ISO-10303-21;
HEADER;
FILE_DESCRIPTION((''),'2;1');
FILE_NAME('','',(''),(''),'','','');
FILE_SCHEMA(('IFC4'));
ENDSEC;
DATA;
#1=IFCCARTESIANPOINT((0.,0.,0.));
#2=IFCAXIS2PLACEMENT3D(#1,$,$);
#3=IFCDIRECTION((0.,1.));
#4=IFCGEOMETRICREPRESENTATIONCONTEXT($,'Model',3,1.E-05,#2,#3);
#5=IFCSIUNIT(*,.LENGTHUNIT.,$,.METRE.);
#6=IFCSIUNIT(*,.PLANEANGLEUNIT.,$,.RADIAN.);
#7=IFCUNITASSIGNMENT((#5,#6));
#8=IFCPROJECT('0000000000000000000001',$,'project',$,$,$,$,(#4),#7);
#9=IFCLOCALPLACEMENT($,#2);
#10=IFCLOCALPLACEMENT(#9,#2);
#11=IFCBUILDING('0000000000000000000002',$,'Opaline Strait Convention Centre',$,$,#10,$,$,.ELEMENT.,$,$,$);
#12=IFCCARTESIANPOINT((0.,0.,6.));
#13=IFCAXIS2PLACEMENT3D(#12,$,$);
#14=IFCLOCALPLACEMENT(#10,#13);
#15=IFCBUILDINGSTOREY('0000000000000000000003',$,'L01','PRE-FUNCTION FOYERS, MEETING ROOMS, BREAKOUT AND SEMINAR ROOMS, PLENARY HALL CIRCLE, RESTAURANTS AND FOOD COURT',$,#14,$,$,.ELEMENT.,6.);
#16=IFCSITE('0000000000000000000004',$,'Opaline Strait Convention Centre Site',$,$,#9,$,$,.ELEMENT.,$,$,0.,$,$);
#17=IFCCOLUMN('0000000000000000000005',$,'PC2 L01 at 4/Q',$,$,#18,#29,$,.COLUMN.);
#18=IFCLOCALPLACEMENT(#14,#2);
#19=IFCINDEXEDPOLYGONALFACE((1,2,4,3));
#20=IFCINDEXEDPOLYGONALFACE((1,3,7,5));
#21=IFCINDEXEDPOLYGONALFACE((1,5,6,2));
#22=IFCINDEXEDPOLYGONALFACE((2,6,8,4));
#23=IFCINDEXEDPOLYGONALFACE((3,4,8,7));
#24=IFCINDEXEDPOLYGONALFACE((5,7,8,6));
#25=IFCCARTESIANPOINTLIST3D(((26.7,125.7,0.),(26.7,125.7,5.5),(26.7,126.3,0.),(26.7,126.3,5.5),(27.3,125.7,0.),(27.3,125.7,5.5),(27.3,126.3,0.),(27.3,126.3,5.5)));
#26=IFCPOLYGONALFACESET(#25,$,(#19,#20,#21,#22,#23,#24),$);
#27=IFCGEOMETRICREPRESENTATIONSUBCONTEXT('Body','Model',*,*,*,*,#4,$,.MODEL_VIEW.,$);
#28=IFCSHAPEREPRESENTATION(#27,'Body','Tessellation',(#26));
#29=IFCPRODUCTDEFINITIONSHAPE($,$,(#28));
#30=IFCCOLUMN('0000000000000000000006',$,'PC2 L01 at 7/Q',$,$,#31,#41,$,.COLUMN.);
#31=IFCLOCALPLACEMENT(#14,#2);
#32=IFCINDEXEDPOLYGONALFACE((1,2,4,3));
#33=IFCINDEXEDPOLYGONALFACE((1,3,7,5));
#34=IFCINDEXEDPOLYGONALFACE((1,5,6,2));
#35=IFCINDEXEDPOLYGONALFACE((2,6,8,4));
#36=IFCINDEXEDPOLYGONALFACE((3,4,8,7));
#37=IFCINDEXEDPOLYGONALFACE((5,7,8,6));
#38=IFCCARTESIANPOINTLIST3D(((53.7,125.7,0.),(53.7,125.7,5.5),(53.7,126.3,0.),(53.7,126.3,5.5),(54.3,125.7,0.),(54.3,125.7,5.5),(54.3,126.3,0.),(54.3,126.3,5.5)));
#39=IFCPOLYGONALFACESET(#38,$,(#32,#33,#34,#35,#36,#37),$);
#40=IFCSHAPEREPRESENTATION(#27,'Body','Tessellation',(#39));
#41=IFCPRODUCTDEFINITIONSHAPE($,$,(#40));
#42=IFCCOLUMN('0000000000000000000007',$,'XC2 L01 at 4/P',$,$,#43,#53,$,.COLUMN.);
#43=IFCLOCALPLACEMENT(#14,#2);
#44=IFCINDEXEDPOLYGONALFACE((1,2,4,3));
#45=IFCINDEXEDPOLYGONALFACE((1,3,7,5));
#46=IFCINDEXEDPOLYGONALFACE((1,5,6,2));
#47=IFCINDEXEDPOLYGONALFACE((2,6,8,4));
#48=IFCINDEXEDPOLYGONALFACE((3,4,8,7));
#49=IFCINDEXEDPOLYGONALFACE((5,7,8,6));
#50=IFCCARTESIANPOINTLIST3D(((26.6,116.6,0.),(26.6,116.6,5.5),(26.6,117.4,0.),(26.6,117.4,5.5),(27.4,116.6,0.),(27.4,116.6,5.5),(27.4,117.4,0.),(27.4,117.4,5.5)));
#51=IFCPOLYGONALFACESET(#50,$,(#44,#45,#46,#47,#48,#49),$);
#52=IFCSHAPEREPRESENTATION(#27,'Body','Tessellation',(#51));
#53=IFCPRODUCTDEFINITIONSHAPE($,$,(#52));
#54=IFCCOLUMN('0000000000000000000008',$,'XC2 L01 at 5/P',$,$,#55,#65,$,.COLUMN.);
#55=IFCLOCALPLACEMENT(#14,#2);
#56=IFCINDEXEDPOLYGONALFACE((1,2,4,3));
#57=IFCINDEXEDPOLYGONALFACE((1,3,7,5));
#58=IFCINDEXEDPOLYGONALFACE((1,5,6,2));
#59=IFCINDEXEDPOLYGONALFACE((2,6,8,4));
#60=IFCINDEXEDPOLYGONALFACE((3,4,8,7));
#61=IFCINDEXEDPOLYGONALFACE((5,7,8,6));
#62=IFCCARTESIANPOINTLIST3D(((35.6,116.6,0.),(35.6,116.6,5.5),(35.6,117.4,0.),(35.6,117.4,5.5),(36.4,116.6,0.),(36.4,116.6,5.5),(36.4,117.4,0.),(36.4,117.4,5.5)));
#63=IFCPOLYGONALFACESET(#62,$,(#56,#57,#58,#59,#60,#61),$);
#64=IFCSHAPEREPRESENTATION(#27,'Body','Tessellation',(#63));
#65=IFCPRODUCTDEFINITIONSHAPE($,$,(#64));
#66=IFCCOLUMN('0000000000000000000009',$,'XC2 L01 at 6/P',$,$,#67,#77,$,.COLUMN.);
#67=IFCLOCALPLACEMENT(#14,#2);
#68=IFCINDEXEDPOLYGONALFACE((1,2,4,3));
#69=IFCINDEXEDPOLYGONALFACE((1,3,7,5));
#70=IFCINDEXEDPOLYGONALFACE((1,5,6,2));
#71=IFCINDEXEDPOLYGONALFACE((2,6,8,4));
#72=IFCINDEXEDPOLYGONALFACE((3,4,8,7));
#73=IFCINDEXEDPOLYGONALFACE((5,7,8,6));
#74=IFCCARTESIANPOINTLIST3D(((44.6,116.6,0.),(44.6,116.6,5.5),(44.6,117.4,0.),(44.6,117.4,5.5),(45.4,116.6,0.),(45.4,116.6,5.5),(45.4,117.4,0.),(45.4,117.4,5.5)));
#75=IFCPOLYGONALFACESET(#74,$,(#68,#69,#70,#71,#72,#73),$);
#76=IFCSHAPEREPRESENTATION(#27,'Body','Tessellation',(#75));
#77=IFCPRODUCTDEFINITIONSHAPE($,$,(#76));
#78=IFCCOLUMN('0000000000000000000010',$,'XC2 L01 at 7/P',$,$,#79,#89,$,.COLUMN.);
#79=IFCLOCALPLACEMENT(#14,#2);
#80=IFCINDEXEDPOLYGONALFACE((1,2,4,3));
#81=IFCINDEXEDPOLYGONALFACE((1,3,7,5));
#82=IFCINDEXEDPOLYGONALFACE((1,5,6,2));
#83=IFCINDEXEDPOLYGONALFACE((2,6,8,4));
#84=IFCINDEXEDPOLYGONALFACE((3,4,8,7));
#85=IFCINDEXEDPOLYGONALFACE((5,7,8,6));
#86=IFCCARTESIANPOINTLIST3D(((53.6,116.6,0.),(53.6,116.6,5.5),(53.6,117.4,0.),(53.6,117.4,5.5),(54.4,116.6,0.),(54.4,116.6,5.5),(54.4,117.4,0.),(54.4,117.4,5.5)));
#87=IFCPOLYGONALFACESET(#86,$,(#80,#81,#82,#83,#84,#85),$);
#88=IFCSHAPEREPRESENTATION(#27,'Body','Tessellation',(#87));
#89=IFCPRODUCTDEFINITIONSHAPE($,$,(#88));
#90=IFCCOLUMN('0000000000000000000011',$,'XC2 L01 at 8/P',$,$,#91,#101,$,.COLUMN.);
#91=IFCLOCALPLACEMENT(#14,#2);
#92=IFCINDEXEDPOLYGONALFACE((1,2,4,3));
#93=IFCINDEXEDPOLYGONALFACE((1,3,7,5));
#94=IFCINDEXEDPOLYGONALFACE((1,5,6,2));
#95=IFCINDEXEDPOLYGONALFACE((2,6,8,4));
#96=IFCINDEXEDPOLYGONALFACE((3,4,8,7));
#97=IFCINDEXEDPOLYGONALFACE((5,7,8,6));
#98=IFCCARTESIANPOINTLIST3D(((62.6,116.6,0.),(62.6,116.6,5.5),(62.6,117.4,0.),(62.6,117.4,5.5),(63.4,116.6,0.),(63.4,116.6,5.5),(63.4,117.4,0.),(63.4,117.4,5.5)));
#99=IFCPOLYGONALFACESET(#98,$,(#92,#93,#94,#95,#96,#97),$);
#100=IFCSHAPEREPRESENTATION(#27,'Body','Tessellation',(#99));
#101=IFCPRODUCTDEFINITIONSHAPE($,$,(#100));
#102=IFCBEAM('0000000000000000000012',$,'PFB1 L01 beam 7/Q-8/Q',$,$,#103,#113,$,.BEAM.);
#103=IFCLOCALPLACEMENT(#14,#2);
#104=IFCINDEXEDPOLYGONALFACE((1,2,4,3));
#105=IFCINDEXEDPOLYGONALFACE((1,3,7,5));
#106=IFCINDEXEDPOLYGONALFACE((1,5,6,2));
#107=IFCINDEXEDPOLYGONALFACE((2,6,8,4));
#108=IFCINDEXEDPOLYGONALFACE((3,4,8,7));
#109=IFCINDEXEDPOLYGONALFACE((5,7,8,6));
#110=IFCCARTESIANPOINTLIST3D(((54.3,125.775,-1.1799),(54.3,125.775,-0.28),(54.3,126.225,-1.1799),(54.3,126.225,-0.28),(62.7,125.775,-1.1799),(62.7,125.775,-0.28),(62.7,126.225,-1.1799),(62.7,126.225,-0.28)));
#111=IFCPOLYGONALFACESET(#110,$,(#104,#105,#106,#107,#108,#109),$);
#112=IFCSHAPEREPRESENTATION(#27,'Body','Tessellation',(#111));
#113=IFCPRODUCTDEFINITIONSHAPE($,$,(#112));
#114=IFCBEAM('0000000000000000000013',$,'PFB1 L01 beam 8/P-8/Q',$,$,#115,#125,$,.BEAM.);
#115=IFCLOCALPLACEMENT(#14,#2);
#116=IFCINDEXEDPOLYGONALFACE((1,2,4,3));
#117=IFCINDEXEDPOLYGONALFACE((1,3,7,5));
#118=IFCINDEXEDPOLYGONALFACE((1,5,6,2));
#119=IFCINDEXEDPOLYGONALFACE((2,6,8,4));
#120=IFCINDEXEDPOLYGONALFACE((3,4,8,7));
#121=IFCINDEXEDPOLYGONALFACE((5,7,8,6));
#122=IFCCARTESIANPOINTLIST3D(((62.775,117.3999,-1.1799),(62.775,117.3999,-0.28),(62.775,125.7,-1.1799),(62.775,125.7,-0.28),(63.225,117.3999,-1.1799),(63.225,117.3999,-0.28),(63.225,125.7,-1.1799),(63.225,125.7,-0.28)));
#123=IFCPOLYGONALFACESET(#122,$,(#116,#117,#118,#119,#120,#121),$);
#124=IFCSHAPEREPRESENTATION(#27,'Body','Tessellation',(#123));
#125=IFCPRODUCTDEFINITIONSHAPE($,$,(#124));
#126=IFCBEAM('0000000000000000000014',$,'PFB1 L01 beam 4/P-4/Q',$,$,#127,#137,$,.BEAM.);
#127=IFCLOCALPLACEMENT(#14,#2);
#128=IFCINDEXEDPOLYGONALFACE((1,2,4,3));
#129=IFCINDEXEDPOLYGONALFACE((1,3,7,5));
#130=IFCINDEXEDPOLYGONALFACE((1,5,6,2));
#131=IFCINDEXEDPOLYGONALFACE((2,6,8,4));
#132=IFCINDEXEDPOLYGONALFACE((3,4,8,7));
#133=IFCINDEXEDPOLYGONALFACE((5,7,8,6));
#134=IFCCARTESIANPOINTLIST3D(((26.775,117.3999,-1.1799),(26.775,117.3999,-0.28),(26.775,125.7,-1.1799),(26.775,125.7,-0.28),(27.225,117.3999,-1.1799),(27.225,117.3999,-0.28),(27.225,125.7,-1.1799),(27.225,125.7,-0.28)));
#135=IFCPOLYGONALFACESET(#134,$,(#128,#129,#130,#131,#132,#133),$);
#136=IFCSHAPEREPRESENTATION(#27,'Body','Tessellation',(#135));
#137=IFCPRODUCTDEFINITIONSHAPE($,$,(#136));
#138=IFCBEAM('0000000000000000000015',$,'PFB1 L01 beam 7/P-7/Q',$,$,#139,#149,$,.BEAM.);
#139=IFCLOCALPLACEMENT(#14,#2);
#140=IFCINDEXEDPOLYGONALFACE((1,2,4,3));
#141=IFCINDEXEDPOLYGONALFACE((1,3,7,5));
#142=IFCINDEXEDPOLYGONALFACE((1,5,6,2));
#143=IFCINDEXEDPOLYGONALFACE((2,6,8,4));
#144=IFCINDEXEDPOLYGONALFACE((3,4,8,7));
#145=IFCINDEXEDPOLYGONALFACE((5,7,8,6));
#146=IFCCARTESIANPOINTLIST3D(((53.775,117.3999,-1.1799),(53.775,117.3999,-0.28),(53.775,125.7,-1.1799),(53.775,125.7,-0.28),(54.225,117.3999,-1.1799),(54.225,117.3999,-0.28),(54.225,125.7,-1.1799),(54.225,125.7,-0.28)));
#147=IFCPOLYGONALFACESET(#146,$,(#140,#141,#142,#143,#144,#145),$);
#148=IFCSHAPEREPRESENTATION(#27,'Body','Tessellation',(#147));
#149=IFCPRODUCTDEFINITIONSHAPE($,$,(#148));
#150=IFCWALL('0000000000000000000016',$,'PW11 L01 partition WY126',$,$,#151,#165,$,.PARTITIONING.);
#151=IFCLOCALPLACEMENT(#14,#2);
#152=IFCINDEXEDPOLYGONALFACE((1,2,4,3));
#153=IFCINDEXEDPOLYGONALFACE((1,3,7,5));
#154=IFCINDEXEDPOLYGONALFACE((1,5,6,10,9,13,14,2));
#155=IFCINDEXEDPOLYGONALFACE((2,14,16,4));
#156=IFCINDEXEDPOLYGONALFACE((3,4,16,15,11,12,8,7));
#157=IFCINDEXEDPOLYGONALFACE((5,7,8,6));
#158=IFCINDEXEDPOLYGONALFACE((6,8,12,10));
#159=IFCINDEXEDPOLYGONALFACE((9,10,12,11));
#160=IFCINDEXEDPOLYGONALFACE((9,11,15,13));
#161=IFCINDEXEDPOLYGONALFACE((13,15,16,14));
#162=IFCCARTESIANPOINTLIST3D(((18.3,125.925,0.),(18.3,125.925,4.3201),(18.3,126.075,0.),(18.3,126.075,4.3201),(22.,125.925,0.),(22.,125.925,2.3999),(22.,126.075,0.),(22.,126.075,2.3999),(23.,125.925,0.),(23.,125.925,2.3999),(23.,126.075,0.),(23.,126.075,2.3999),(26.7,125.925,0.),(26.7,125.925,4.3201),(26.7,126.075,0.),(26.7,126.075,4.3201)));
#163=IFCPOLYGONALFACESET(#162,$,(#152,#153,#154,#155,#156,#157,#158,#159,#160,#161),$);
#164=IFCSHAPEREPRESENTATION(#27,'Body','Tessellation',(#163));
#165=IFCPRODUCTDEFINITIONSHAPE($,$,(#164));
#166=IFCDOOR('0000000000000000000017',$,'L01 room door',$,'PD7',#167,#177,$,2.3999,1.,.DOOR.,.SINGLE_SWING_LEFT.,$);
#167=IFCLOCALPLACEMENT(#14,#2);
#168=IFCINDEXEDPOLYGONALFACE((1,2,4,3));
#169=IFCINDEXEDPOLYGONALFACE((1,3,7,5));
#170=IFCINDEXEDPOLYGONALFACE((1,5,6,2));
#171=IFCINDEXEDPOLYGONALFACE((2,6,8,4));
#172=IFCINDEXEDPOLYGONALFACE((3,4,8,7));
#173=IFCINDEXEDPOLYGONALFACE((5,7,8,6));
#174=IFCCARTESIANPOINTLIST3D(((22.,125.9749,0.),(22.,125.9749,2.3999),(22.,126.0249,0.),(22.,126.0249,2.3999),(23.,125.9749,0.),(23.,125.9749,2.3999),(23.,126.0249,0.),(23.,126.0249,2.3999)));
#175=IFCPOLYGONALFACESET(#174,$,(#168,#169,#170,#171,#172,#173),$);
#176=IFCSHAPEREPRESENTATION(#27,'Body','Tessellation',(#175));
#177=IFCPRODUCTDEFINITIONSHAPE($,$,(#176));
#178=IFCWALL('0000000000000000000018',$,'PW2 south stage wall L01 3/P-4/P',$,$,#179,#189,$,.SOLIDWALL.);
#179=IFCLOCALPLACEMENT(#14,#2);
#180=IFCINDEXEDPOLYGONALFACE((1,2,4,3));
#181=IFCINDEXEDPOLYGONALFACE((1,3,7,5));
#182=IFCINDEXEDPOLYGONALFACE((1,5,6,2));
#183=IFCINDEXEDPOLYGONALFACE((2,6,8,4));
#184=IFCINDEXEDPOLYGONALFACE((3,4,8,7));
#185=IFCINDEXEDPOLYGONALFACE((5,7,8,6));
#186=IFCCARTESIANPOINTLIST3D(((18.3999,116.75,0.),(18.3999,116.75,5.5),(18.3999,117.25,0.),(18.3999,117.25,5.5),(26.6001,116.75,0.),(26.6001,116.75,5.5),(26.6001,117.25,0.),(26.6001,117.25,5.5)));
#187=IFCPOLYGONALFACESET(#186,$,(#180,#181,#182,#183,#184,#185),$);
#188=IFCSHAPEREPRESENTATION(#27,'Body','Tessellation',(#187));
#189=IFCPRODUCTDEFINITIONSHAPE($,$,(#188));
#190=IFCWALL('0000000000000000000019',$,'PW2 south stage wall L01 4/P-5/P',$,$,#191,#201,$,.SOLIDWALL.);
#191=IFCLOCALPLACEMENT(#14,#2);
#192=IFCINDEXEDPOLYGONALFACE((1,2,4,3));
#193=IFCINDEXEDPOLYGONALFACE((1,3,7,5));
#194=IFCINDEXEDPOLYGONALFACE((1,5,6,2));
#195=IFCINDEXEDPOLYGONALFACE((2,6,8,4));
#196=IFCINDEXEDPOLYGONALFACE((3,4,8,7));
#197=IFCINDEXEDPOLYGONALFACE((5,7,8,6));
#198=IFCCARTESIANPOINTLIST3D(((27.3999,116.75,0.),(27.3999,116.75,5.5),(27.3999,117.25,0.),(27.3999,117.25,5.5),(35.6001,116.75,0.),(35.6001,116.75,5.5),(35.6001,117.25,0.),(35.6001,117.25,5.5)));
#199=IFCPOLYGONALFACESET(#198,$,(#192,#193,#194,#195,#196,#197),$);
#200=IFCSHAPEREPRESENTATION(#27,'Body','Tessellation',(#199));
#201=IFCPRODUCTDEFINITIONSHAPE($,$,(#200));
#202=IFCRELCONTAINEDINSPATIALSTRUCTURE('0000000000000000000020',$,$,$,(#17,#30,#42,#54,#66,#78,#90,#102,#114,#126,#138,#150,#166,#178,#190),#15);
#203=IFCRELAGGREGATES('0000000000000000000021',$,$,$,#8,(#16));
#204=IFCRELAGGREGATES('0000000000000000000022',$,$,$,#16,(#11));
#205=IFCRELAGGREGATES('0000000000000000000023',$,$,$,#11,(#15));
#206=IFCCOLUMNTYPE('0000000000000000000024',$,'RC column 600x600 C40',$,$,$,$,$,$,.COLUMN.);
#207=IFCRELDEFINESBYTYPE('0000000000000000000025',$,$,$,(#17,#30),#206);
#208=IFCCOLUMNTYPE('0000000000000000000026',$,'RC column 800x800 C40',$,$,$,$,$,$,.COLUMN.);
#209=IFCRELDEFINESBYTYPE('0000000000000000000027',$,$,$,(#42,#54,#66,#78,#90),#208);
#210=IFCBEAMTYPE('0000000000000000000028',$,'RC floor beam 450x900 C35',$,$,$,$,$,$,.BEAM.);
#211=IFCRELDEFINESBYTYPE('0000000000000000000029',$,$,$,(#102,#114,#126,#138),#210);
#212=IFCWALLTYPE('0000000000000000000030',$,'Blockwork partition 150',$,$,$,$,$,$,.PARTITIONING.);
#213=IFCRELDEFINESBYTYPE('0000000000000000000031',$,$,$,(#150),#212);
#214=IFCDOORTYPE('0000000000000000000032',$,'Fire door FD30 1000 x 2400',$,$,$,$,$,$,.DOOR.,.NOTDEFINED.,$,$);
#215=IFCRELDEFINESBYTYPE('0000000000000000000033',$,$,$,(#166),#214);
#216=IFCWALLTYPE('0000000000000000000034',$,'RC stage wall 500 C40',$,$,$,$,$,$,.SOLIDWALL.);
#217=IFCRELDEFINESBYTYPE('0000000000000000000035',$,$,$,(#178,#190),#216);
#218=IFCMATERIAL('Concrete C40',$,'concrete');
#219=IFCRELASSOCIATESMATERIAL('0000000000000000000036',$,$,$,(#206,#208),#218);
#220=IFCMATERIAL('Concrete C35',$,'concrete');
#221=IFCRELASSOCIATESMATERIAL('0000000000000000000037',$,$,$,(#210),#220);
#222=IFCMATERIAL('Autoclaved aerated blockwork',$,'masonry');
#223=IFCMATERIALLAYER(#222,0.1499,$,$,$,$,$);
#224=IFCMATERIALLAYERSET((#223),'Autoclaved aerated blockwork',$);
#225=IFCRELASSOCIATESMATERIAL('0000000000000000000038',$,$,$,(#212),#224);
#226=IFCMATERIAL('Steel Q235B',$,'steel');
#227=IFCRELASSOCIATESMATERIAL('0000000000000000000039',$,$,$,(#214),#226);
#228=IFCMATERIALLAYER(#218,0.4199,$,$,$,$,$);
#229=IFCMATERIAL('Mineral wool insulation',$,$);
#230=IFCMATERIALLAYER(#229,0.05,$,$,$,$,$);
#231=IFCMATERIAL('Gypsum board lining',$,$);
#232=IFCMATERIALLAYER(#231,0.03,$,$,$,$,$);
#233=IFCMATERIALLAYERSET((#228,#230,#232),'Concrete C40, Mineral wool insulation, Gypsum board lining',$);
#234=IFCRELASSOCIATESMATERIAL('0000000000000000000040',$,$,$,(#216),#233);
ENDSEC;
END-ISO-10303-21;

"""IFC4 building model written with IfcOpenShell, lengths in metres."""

from ifc_helpers import new_model, si_unit, direction, frame, frame_2d, origin, origin_2d, place, context, subcontext, project, spatial, rectangle, extrude, material, layer, layer_set, material_profile, profile_set, type_object, element, fill, save


model = new_model("IFC4")

# Units and contexts
model_context = context("Model", 3, precision=1e-05, world=origin(), true_north=direction((0.0, 1.0)))
body_context = subcontext(model_context, "Body", "Model", "MODEL_VIEW")
ifc_project = project(units=[si_unit("LENGTHUNIT", "METRE"), si_unit("PLANEANGLEUNIT", "RADIAN")], contexts=[model_context])

# Site, building, storey
site_placement = place(None, origin())
site = spatial("IfcSite", under=ifc_project, at=site_placement, Name="Opaline Strait Convention Centre Site", CompositionType="ELEMENT", RefElevation=0.0)
building_placement = place(site_placement, origin())
building = spatial("IfcBuilding", under=site, at=building_placement, Name="Opaline Strait Convention Centre", CompositionType="ELEMENT")
storey_placement = place(building_placement, frame((0.0, 0.0, 6.0)))
storey = spatial("IfcBuildingStorey", under=building, at=storey_placement, Name="L01", Description="PRE-FUNCTION FOYERS, MEETING ROOMS, BREAKOUT AND SEMINAR ROOMS, PLENARY HALL CIRCLE, RESTAURANTS AND FOOD COURT", CompositionType="ELEMENT", Elevation=6.0)

# Columns
ifc_material_1 = material(Name="Concrete C40", Category="concrete")
ifc_material_profile_1 = material_profile(ifc_material_1, rectangle(XDim=0.6001, YDim=0.6001, at=origin_2d()), Name="RC 600x600")
ifc_profile_set_1 = profile_set([ifc_material_profile_1], Name="Concrete C40")
column_type_1 = type_object("IfcColumnType", Name="RC column 600x600 C40", PredefinedType="COLUMN", material=ifc_profile_set_1)
for number, where, z_axis, x_axis, name in (
    (1, (27.0, 126.0, 0.0), (0.0, 0.0, 1.0), (1.0, 0.0, 0.0), "PC2 L01 at 4/Q"),
    (2, (54.0, 126.0, 0.0), (0.0, 0.0, 1.0), (1.0, 0.0, 0.0), "PC2 L01 at 7/Q"),
):
    element("IfcColumn", number, at=place(storey_placement, frame(where, z_axis=z_axis, x_axis=x_axis)), inside=storey, type_object=column_type_1, Name=name, PredefinedType="COLUMN", context=body_context, shape_type="SweptSolid", body=[
        extrude(rectangle(XDim=0.6001, YDim=0.6001, at=origin_2d()), origin(), (0.0, 0.0, 1.0), 5.5),
    ])
ifc_material_profile_2 = material_profile(ifc_material_1, rectangle(XDim=0.8, YDim=0.8, at=origin_2d()), Name="RC 800x800")
ifc_profile_set_2 = profile_set([ifc_material_profile_2], Name="Concrete C40")
column_type_2 = type_object("IfcColumnType", Name="RC column 800x800 C40", PredefinedType="COLUMN", material=ifc_profile_set_2)
for number, where, z_axis, x_axis, name in (
    (3, (27.0, 117.0, 0.0), (0.0, 0.0, 1.0), (1.0, 0.0, 0.0), "XC2 L01 at 4/P"),
    (4, (36.0, 117.0, 0.0), (0.0, 0.0, 1.0), (1.0, 0.0, 0.0), "XC2 L01 at 5/P"),
    (5, (45.0, 117.0, 0.0), (0.0, 0.0, 1.0), (1.0, 0.0, 0.0), "XC2 L01 at 6/P"),
    (6, (54.0, 117.0, 0.0), (0.0, 0.0, 1.0), (1.0, 0.0, 0.0), "XC2 L01 at 7/P"),
    (7, (63.0, 117.0, 0.0), (0.0, 0.0, 1.0), (1.0, 0.0, 0.0), "XC2 L01 at 8/P"),
):
    element("IfcColumn", number, at=place(storey_placement, frame(where, z_axis=z_axis, x_axis=x_axis)), inside=storey, type_object=column_type_2, Name=name, PredefinedType="COLUMN", context=body_context, shape_type="SweptSolid", body=[
        extrude(rectangle(XDim=0.8, YDim=0.8, at=origin_2d()), origin(), (0.0, 0.0, 1.0), 5.5),
    ])

# Beams
ifc_material_2 = material(Name="Concrete C35", Category="concrete")
ifc_material_profile_3 = material_profile(ifc_material_2, rectangle(XDim=0.45, YDim=0.8999, at=origin_2d()), Name="RC 450x900")
ifc_profile_set_3 = profile_set([ifc_material_profile_3], Name="Concrete C35")
beam_type = type_object("IfcBeamType", Name="RC floor beam 450x900 C35", PredefinedType="BEAM", material=ifc_profile_set_3)
beam_placement = place(storey_placement, frame((54.3, 126.0, -0.73), z_axis=(1.0, 0.0, 0.0), x_axis=(0.0, 1.0, 0.0)))
element("IfcBeam", 8, at=beam_placement, inside=storey, type_object=beam_type, Name="PFB1 L01 beam 7/Q-8/Q", PredefinedType="BEAM", context=body_context, shape_type="SweptSolid", body=[
    extrude(rectangle(XDim=0.45, YDim=0.8999, at=origin_2d()), origin(), (0.0, 0.0, 1.0), 8.3999),
])
for number, where, z_axis, x_axis, name in (
    (9, (63.0, 117.3999, -0.73), (0.0, 1.0, 0.0), (-1.0, 0.0, 0.0), "PFB1 L01 beam 8/P-8/Q"),
    (10, (27.0, 117.3999, -0.73), (0.0, 1.0, 0.0), (-1.0, 0.0, 0.0), "PFB1 L01 beam 4/P-4/Q"),
    (11, (54.0, 117.3999, -0.73), (0.0, 1.0, 0.0), (-1.0, 0.0, 0.0), "PFB1 L01 beam 7/P-7/Q"),
):
    element("IfcBeam", number, at=place(storey_placement, frame(where, z_axis=z_axis, x_axis=x_axis)), inside=storey, type_object=beam_type, Name=name, PredefinedType="BEAM", context=body_context, shape_type="SweptSolid", body=[
        extrude(rectangle(XDim=0.45, YDim=0.8999, at=origin_2d()), origin(), (0.0, 0.0, 1.0), 8.3),
    ])

# Wall, opening, door
ifc_material_3 = material(Name="Autoclaved aerated blockwork", Category="masonry")
ifc_layer_1 = layer(ifc_material_3, 0.1499)
ifc_layer_set_1 = layer_set([ifc_layer_1], Name="Autoclaved aerated blockwork")
wall_type_1 = type_object("IfcWallType", Name="Blockwork partition 150", PredefinedType="PARTITIONING", material=ifc_layer_set_1)
wall_1_placement = place(storey_placement, frame((18.3, 126.0, 0.0), z_axis=(0.0, 0.0, 1.0), x_axis=(1.0, 0.0, 0.0)))
wall_1 = element("IfcWall", 12, at=wall_1_placement, inside=storey, type_object=wall_type_1, Name="PW11 L01 partition WY126", PredefinedType="PARTITIONING", context=body_context, shape_type="SweptSolid", body=[
    extrude(rectangle(XDim=8.3999, YDim=0.1499, at=frame_2d((4.2, 0.0))), origin(), (0.0, 0.0, 1.0), 4.3201),
])
opening_placement = place(wall_1_placement, frame((3.7, 0.0, 0.0)))
opening = element("IfcOpeningElement", 13, at=opening_placement, cuts=wall_1, PredefinedType="OPENING", context=body_context, shape_type="SweptSolid", body=[
    extrude(rectangle(XDim=1.0, YDim=2.3999, at=frame_2d((0.5, 1.2))), frame((0.0, 0.085, 0.0), z_axis=(0.0, -1.0, 0.0), x_axis=(1.0, 0.0, 0.0)), (0.0, 0.0, 1.0), 0.1699),
])
ifc_material_4 = material(Name="Steel Q235B", Category="steel")
door_type = type_object("IfcDoorType", Name="Fire door FD30 1000 x 2400", OperationType="NOTDEFINED", PredefinedType="DOOR", material=ifc_material_4)
door_placement = place(opening_placement, origin())
door = element("IfcDoor", 14, at=door_placement, inside=storey, type_object=door_type, Name="L01 room door", ObjectType="PD7", OperationType="SINGLE_SWING_LEFT", OverallHeight=2.3999, OverallWidth=1.0, PredefinedType="DOOR", context=body_context, shape_type="SweptSolid", body=[
    extrude(rectangle(XDim=1.0, YDim=2.3999, at=frame_2d((0.5, 1.2))), frame((0.0, 0.0249, 0.0), z_axis=(0.0, -1.0, 0.0), x_axis=(1.0, 0.0, 0.0)), (0.0, 0.0, 1.0), 0.05),
])
fill(opening, door)

# Walls
ifc_layer_2 = layer(ifc_material_1, 0.4199)
ifc_material_5 = material(Name="Mineral wool insulation")
ifc_layer_3 = layer(ifc_material_5, 0.05)
ifc_material_6 = material(Name="Gypsum board lining")
ifc_layer_4 = layer(ifc_material_6, 0.03)
ifc_layer_set_2 = layer_set([ifc_layer_2, ifc_layer_3, ifc_layer_4], Name="Concrete C40, Mineral wool insulation, Gypsum board lining")
wall_type_2 = type_object("IfcWallType", Name="RC stage wall 500 C40", PredefinedType="SOLIDWALL", material=ifc_layer_set_2)
for number, where, z_axis, x_axis, name in (
    (15, (18.3999, 117.0, 0.0), (0.0, 0.0, 1.0), (1.0, 0.0, 0.0), "PW2 south stage wall L01 3/P-4/P"),
    (16, (27.3999, 117.0, 0.0), (0.0, 0.0, 1.0), (1.0, 0.0, 0.0), "PW2 south stage wall L01 4/P-5/P"),
):
    element("IfcWall", number, at=place(storey_placement, frame(where, z_axis=z_axis, x_axis=x_axis)), inside=storey, type_object=wall_type_2, Name=name, PredefinedType="SOLIDWALL", context=body_context, shape_type="SweptSolid", body=[
        extrude(rectangle(XDim=8.2002, YDim=0.5, at=frame_2d((4.1001, 0.0))), origin(), (0.0, 0.0, 1.0), 5.5),
    ])

save(model, "model.ifc")
